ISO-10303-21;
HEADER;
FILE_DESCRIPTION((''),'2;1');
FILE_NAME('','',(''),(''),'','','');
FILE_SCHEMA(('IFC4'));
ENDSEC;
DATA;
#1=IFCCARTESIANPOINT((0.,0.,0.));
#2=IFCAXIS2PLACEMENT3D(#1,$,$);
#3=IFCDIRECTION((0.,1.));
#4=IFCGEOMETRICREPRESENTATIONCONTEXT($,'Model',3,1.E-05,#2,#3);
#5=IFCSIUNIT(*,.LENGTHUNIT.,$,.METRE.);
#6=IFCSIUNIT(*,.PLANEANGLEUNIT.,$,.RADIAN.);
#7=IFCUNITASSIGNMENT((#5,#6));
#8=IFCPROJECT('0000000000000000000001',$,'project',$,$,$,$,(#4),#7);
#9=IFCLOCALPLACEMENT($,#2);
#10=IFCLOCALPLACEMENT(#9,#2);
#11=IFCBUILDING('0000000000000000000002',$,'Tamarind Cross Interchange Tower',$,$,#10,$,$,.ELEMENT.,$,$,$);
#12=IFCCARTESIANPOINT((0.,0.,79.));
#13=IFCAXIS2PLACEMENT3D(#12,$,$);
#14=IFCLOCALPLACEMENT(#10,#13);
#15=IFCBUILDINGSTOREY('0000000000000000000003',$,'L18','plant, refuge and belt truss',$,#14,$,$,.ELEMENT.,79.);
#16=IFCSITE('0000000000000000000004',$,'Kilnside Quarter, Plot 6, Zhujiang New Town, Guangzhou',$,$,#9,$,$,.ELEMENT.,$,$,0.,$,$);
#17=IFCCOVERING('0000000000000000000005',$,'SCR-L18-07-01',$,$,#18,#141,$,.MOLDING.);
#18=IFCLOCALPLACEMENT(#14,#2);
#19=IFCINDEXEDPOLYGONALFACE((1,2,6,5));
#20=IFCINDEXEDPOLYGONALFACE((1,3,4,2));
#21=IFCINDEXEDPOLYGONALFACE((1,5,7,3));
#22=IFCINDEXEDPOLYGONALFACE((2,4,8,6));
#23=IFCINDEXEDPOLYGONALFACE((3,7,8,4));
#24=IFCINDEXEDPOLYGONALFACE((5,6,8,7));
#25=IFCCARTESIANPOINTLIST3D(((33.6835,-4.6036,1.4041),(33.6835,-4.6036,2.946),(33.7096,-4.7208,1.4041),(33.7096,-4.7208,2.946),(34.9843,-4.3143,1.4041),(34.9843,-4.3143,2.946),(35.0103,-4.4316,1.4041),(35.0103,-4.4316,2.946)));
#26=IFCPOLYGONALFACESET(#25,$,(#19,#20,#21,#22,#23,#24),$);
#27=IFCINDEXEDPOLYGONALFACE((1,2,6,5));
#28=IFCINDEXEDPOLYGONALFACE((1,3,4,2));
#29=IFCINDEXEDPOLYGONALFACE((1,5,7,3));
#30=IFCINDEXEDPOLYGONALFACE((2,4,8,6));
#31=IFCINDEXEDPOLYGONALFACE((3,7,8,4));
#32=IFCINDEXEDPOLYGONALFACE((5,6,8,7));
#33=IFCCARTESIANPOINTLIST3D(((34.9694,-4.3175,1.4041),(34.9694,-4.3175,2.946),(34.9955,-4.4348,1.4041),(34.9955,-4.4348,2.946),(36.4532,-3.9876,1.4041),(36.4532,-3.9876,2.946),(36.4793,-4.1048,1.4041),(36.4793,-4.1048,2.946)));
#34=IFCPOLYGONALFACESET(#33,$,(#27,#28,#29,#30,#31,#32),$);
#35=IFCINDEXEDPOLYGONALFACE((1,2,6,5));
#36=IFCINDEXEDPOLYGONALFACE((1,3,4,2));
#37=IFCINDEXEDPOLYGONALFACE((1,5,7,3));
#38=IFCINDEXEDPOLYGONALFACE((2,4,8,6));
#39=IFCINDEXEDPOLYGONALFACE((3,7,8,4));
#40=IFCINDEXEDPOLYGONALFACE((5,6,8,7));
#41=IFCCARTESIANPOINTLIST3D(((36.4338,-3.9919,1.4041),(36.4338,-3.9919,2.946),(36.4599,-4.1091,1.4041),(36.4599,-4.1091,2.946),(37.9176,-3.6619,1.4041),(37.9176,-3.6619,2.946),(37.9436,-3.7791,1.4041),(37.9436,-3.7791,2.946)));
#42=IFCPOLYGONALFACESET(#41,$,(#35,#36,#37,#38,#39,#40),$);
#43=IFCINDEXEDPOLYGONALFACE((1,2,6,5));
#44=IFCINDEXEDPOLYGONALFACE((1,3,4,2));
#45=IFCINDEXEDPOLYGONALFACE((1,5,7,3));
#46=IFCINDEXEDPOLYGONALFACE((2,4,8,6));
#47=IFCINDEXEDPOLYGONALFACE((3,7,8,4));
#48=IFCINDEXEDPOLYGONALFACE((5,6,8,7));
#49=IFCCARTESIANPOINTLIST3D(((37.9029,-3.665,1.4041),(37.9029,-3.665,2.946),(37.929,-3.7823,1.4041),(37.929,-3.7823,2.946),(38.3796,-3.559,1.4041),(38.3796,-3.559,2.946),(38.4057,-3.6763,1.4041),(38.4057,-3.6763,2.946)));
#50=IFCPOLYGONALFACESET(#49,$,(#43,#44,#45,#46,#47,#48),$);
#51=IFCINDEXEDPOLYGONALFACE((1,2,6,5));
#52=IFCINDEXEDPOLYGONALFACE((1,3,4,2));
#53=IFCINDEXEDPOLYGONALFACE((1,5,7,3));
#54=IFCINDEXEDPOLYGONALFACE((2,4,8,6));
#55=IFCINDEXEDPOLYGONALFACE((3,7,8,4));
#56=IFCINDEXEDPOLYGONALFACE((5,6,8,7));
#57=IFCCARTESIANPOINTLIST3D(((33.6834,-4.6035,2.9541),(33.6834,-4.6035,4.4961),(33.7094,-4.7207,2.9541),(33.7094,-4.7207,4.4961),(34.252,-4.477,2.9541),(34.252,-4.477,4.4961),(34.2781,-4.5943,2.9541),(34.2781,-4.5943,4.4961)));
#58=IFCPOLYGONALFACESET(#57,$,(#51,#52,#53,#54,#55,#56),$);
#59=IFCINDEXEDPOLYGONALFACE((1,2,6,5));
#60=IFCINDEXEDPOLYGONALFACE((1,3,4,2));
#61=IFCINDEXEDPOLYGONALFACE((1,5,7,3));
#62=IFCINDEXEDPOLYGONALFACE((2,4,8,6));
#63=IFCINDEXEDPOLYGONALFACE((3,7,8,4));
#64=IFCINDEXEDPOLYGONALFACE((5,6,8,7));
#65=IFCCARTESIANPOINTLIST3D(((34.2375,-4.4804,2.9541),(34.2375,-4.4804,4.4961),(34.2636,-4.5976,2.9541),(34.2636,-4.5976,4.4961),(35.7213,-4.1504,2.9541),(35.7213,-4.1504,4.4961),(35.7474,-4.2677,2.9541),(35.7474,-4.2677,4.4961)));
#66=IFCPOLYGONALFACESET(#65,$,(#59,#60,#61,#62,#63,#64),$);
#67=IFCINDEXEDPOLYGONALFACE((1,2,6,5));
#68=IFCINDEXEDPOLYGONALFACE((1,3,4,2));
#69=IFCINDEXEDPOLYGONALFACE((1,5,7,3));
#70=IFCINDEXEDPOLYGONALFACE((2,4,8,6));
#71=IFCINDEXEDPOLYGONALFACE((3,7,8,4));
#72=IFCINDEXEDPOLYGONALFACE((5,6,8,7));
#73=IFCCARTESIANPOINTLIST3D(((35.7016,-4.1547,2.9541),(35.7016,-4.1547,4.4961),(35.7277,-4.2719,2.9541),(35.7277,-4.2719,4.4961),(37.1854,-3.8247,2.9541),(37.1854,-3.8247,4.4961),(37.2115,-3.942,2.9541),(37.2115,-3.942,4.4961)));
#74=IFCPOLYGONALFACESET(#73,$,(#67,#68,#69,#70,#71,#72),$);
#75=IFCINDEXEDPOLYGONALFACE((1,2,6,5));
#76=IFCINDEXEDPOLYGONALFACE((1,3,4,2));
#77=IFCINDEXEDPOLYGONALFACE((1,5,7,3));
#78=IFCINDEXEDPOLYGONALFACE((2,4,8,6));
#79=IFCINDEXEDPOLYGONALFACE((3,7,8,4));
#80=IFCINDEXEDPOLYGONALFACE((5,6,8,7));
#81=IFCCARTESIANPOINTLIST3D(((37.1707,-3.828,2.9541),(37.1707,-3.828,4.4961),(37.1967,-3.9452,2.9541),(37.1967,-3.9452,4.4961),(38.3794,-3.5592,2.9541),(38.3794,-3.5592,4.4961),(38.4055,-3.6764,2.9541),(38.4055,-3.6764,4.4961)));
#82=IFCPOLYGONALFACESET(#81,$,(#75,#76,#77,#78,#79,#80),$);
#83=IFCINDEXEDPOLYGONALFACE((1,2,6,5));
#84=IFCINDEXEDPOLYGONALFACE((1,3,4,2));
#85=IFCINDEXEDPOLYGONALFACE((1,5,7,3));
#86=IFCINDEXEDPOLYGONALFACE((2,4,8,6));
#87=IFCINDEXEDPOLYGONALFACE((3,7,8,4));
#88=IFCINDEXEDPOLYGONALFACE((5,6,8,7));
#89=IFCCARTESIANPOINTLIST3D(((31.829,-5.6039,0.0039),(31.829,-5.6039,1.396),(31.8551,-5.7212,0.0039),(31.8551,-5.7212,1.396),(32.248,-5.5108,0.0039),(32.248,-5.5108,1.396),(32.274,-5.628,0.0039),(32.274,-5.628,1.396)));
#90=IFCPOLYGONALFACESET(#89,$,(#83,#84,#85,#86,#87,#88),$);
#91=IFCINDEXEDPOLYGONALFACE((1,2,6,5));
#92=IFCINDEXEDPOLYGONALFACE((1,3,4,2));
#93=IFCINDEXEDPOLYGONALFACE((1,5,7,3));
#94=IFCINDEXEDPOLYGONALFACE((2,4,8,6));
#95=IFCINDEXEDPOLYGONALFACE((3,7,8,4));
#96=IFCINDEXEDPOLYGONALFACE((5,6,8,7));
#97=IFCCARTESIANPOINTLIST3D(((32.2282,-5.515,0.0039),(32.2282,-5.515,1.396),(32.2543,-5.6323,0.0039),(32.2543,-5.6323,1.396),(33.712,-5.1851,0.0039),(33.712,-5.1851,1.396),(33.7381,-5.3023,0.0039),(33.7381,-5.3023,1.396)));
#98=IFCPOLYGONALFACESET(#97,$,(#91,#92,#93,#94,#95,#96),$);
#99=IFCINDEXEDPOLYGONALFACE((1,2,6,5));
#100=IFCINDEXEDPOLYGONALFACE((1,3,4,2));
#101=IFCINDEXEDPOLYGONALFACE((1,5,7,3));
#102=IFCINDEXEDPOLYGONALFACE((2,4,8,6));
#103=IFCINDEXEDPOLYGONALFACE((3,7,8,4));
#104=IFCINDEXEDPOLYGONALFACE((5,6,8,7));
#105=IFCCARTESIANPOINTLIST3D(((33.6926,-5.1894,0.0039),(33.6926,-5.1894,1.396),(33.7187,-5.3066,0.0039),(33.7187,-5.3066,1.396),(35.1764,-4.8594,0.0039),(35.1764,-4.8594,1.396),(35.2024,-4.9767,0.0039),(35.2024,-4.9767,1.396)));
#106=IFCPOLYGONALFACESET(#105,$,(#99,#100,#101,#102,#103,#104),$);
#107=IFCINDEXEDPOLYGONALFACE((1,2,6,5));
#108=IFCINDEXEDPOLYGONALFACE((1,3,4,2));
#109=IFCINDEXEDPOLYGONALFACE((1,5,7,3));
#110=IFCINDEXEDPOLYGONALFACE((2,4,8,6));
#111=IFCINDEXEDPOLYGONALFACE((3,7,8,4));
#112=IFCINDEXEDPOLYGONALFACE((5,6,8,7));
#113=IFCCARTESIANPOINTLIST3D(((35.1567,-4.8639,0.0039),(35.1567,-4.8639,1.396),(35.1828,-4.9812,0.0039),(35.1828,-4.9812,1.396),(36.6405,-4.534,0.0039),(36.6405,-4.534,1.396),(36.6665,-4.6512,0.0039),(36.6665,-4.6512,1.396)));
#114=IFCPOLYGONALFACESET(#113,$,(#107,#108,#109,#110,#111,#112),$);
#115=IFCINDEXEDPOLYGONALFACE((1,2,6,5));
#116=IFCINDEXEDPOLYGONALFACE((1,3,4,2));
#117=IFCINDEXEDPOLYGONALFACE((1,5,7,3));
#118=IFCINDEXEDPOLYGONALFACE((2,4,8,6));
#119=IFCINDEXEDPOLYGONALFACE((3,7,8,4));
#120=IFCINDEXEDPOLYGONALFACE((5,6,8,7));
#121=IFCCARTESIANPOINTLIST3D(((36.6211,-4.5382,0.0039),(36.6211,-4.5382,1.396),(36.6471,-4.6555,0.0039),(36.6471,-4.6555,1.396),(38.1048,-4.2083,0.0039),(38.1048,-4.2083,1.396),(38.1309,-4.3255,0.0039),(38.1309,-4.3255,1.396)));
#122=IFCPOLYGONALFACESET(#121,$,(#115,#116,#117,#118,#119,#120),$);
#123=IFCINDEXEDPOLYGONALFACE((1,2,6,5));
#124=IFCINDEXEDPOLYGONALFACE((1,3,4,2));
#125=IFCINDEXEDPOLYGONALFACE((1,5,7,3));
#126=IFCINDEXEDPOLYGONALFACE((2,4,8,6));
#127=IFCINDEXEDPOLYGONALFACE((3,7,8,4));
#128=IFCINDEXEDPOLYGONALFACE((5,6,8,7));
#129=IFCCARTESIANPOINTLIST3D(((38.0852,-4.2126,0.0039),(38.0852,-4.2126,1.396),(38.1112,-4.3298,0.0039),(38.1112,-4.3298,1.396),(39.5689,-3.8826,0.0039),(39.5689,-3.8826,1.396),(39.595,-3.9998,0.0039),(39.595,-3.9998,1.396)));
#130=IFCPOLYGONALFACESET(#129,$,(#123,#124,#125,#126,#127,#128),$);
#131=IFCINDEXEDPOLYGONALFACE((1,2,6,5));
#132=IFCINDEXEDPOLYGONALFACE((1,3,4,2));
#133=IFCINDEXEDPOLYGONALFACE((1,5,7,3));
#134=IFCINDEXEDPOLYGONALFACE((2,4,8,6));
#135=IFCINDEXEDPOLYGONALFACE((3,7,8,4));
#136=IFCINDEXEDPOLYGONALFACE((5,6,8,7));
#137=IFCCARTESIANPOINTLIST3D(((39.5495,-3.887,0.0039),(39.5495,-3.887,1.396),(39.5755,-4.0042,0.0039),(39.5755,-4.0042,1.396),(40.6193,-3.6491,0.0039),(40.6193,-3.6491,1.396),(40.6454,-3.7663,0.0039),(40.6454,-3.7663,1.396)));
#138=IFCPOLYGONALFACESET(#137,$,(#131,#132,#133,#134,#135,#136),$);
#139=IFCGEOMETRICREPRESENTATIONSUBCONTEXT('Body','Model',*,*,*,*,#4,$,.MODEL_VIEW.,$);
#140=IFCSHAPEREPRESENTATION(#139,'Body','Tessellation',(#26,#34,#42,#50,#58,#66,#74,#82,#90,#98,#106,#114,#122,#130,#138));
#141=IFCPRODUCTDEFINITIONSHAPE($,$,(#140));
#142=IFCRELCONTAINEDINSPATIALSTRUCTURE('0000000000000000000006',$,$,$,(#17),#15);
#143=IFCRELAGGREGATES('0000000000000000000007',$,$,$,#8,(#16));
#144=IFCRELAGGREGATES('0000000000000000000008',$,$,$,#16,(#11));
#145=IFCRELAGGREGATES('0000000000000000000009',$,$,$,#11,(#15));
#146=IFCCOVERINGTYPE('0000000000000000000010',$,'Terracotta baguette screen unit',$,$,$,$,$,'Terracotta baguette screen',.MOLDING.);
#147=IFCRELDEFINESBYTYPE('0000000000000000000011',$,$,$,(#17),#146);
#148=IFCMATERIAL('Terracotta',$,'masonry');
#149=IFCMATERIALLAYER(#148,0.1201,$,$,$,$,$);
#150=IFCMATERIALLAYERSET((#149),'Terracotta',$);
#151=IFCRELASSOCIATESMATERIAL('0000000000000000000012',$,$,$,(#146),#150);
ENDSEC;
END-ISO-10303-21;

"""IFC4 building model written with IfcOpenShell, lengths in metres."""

from ifc_helpers import new_model, si_unit, direction, frame, origin, origin_2d, place, context, subcontext, project, spatial, rectangle, extrude, material, layer, layer_set, type_object, element, save


model = new_model("IFC4")

# Units and contexts
model_context = context("Model", 3, precision=1e-05, world=origin(), true_north=direction((0.0, 1.0)))
body_context = subcontext(model_context, "Body", "Model", "MODEL_VIEW")
ifc_project = project(units=[si_unit("LENGTHUNIT", "METRE"), si_unit("PLANEANGLEUNIT", "RADIAN")], contexts=[model_context])

# Site, building, storey
site_placement = place(None, origin())
site = spatial("IfcSite", under=ifc_project, at=site_placement, Name="Kilnside Quarter, Plot 6, Zhujiang New Town, Guangzhou", CompositionType="ELEMENT", RefElevation=0.0)
building_placement = place(site_placement, origin())
building = spatial("IfcBuilding", under=site, at=building_placement, Name="Tamarind Cross Interchange Tower", CompositionType="ELEMENT")
storey_placement = place(building_placement, frame((0.0, 0.0, 79.0)))
storey = spatial("IfcBuildingStorey", under=building, at=storey_placement, Name="L18", Description="plant, refuge and belt truss", CompositionType="ELEMENT", Elevation=79.0)

# Covering
ifc_material_1 = material(Name="Terracotta", Category="masonry")
ifc_layer_1 = layer(ifc_material_1, 0.1201)
ifc_layer_set_1 = layer_set([ifc_layer_1], Name="Terracotta")
covering_type = type_object("IfcCoveringType", Name="Terracotta baguette screen unit", ElementType="Terracotta baguette screen", PredefinedType="MOLDING", material=ifc_layer_set_1)
covering_1_placement = place(storey_placement, origin())
element("IfcCovering", 1, at=covering_1_placement, inside=storey, type_object=covering_type, Name="SCR-L18-07-01", PredefinedType="MOLDING", context=body_context, shape_type="SweptSolid", body=[
    extrude(rectangle(XDim=1.3325, YDim=0.1201, at=origin_2d()), frame((34.3469, -4.5176, 1.4041), z_axis=(0.0, 0.0, 1.0), x_axis=(0.976154, 0.21708, 0.0)), (0.0, 0.0, 1.0), 1.542),
    extrude(rectangle(XDim=1.52, YDim=0.1201, at=origin_2d()), frame((35.7244, -4.2112, 1.4041), z_axis=(0.0, 0.0, 1.0), x_axis=(0.976154, 0.21708, 0.0)), (0.0, 0.0, 1.0), 1.542),
    extrude(rectangle(XDim=1.52, YDim=0.1201, at=origin_2d()), frame((37.1887, -3.8855, 1.4041), z_axis=(0.0, 0.0, 1.0), x_axis=(0.976154, 0.21708, 0.0)), (0.0, 0.0, 1.0), 1.542),
    extrude(rectangle(XDim=0.4883, YDim=0.1201, at=origin_2d()), frame((38.1543, -3.6707, 1.4041), z_axis=(0.0, 0.0, 1.0), x_axis=(0.976154, 0.21708, 0.0)), (0.0, 0.0, 1.0), 1.542),
    extrude(rectangle(XDim=0.5825, YDim=0.1201, at=origin_2d()), frame((33.9807, -4.5989, 2.9541), z_axis=(0.0, 0.0, 1.0), x_axis=(0.976154, 0.21708, 0.0)), (0.0, 0.0, 1.0), 1.542),
    extrude(rectangle(XDim=1.52, YDim=0.1201, at=origin_2d()), frame((34.9924, -4.374, 2.9541), z_axis=(0.0, 0.0, 1.0), x_axis=(0.976154, 0.21708, 0.0)), (0.0, 0.0, 1.0), 1.542),
    extrude(rectangle(XDim=1.52, YDim=0.1201, at=origin_2d()), frame((36.4565, -4.0483, 2.9541), z_axis=(0.0, 0.0, 1.0), x_axis=(0.976154, 0.21708, 0.0)), (0.0, 0.0, 1.0), 1.542),
    extrude(rectangle(XDim=1.2383, YDim=0.1201, at=origin_2d()), frame((37.7881, -3.7522, 2.9541), z_axis=(0.0, 0.0, 1.0), x_axis=(0.976154, 0.21708, 0.0)), (0.0, 0.0, 1.0), 1.542),
    extrude(rectangle(XDim=0.4292, YDim=0.1201, at=origin_2d()), frame((32.0515, -5.616, 0.0039), z_axis=(0.0, 0.0, 1.0), x_axis=(0.976154, 0.21708, 0.0)), (0.0, 0.0, 1.0), 1.3921),
    extrude(rectangle(XDim=1.52, YDim=0.1201, at=origin_2d()), frame((32.9832, -5.4087, 0.0039), z_axis=(0.0, 0.0, 1.0), x_axis=(0.976154, 0.21708, 0.0)), (0.0, 0.0, 1.0), 1.3921),
    extrude(rectangle(XDim=1.52, YDim=0.1201, at=origin_2d()), frame((34.4475, -5.083, 0.0039), z_axis=(0.0, 0.0, 1.0), x_axis=(0.976154, 0.21708, 0.0)), (0.0, 0.0, 1.0), 1.3921),
    extrude(rectangle(XDim=1.52, YDim=0.1201, at=origin_2d()), frame((35.9116, -4.7576, 0.0039), z_axis=(0.0, 0.0, 1.0), x_axis=(0.976154, 0.21708, 0.0)), (0.0, 0.0, 1.0), 1.3921),
    extrude(rectangle(XDim=1.52, YDim=0.1201, at=origin_2d()), frame((37.376, -4.4319, 0.0039), z_axis=(0.0, 0.0, 1.0), x_axis=(0.976154, 0.21708, 0.0)), (0.0, 0.0, 1.0), 1.3921),
    extrude(rectangle(XDim=1.52, YDim=0.1201, at=origin_2d()), frame((38.8401, -4.1062, 0.0039), z_axis=(0.0, 0.0, 1.0), x_axis=(0.976154, 0.21708, 0.0)), (0.0, 0.0, 1.0), 1.3921),
    extrude(rectangle(XDim=1.0959, YDim=0.1201, at=origin_2d()), frame((40.0974, -3.8267, 0.0039), z_axis=(0.0, 0.0, 1.0), x_axis=(0.976154, 0.21708, 0.0)), (0.0, 0.0, 1.0), 1.3921),
])

save(model, "model.ifc")
